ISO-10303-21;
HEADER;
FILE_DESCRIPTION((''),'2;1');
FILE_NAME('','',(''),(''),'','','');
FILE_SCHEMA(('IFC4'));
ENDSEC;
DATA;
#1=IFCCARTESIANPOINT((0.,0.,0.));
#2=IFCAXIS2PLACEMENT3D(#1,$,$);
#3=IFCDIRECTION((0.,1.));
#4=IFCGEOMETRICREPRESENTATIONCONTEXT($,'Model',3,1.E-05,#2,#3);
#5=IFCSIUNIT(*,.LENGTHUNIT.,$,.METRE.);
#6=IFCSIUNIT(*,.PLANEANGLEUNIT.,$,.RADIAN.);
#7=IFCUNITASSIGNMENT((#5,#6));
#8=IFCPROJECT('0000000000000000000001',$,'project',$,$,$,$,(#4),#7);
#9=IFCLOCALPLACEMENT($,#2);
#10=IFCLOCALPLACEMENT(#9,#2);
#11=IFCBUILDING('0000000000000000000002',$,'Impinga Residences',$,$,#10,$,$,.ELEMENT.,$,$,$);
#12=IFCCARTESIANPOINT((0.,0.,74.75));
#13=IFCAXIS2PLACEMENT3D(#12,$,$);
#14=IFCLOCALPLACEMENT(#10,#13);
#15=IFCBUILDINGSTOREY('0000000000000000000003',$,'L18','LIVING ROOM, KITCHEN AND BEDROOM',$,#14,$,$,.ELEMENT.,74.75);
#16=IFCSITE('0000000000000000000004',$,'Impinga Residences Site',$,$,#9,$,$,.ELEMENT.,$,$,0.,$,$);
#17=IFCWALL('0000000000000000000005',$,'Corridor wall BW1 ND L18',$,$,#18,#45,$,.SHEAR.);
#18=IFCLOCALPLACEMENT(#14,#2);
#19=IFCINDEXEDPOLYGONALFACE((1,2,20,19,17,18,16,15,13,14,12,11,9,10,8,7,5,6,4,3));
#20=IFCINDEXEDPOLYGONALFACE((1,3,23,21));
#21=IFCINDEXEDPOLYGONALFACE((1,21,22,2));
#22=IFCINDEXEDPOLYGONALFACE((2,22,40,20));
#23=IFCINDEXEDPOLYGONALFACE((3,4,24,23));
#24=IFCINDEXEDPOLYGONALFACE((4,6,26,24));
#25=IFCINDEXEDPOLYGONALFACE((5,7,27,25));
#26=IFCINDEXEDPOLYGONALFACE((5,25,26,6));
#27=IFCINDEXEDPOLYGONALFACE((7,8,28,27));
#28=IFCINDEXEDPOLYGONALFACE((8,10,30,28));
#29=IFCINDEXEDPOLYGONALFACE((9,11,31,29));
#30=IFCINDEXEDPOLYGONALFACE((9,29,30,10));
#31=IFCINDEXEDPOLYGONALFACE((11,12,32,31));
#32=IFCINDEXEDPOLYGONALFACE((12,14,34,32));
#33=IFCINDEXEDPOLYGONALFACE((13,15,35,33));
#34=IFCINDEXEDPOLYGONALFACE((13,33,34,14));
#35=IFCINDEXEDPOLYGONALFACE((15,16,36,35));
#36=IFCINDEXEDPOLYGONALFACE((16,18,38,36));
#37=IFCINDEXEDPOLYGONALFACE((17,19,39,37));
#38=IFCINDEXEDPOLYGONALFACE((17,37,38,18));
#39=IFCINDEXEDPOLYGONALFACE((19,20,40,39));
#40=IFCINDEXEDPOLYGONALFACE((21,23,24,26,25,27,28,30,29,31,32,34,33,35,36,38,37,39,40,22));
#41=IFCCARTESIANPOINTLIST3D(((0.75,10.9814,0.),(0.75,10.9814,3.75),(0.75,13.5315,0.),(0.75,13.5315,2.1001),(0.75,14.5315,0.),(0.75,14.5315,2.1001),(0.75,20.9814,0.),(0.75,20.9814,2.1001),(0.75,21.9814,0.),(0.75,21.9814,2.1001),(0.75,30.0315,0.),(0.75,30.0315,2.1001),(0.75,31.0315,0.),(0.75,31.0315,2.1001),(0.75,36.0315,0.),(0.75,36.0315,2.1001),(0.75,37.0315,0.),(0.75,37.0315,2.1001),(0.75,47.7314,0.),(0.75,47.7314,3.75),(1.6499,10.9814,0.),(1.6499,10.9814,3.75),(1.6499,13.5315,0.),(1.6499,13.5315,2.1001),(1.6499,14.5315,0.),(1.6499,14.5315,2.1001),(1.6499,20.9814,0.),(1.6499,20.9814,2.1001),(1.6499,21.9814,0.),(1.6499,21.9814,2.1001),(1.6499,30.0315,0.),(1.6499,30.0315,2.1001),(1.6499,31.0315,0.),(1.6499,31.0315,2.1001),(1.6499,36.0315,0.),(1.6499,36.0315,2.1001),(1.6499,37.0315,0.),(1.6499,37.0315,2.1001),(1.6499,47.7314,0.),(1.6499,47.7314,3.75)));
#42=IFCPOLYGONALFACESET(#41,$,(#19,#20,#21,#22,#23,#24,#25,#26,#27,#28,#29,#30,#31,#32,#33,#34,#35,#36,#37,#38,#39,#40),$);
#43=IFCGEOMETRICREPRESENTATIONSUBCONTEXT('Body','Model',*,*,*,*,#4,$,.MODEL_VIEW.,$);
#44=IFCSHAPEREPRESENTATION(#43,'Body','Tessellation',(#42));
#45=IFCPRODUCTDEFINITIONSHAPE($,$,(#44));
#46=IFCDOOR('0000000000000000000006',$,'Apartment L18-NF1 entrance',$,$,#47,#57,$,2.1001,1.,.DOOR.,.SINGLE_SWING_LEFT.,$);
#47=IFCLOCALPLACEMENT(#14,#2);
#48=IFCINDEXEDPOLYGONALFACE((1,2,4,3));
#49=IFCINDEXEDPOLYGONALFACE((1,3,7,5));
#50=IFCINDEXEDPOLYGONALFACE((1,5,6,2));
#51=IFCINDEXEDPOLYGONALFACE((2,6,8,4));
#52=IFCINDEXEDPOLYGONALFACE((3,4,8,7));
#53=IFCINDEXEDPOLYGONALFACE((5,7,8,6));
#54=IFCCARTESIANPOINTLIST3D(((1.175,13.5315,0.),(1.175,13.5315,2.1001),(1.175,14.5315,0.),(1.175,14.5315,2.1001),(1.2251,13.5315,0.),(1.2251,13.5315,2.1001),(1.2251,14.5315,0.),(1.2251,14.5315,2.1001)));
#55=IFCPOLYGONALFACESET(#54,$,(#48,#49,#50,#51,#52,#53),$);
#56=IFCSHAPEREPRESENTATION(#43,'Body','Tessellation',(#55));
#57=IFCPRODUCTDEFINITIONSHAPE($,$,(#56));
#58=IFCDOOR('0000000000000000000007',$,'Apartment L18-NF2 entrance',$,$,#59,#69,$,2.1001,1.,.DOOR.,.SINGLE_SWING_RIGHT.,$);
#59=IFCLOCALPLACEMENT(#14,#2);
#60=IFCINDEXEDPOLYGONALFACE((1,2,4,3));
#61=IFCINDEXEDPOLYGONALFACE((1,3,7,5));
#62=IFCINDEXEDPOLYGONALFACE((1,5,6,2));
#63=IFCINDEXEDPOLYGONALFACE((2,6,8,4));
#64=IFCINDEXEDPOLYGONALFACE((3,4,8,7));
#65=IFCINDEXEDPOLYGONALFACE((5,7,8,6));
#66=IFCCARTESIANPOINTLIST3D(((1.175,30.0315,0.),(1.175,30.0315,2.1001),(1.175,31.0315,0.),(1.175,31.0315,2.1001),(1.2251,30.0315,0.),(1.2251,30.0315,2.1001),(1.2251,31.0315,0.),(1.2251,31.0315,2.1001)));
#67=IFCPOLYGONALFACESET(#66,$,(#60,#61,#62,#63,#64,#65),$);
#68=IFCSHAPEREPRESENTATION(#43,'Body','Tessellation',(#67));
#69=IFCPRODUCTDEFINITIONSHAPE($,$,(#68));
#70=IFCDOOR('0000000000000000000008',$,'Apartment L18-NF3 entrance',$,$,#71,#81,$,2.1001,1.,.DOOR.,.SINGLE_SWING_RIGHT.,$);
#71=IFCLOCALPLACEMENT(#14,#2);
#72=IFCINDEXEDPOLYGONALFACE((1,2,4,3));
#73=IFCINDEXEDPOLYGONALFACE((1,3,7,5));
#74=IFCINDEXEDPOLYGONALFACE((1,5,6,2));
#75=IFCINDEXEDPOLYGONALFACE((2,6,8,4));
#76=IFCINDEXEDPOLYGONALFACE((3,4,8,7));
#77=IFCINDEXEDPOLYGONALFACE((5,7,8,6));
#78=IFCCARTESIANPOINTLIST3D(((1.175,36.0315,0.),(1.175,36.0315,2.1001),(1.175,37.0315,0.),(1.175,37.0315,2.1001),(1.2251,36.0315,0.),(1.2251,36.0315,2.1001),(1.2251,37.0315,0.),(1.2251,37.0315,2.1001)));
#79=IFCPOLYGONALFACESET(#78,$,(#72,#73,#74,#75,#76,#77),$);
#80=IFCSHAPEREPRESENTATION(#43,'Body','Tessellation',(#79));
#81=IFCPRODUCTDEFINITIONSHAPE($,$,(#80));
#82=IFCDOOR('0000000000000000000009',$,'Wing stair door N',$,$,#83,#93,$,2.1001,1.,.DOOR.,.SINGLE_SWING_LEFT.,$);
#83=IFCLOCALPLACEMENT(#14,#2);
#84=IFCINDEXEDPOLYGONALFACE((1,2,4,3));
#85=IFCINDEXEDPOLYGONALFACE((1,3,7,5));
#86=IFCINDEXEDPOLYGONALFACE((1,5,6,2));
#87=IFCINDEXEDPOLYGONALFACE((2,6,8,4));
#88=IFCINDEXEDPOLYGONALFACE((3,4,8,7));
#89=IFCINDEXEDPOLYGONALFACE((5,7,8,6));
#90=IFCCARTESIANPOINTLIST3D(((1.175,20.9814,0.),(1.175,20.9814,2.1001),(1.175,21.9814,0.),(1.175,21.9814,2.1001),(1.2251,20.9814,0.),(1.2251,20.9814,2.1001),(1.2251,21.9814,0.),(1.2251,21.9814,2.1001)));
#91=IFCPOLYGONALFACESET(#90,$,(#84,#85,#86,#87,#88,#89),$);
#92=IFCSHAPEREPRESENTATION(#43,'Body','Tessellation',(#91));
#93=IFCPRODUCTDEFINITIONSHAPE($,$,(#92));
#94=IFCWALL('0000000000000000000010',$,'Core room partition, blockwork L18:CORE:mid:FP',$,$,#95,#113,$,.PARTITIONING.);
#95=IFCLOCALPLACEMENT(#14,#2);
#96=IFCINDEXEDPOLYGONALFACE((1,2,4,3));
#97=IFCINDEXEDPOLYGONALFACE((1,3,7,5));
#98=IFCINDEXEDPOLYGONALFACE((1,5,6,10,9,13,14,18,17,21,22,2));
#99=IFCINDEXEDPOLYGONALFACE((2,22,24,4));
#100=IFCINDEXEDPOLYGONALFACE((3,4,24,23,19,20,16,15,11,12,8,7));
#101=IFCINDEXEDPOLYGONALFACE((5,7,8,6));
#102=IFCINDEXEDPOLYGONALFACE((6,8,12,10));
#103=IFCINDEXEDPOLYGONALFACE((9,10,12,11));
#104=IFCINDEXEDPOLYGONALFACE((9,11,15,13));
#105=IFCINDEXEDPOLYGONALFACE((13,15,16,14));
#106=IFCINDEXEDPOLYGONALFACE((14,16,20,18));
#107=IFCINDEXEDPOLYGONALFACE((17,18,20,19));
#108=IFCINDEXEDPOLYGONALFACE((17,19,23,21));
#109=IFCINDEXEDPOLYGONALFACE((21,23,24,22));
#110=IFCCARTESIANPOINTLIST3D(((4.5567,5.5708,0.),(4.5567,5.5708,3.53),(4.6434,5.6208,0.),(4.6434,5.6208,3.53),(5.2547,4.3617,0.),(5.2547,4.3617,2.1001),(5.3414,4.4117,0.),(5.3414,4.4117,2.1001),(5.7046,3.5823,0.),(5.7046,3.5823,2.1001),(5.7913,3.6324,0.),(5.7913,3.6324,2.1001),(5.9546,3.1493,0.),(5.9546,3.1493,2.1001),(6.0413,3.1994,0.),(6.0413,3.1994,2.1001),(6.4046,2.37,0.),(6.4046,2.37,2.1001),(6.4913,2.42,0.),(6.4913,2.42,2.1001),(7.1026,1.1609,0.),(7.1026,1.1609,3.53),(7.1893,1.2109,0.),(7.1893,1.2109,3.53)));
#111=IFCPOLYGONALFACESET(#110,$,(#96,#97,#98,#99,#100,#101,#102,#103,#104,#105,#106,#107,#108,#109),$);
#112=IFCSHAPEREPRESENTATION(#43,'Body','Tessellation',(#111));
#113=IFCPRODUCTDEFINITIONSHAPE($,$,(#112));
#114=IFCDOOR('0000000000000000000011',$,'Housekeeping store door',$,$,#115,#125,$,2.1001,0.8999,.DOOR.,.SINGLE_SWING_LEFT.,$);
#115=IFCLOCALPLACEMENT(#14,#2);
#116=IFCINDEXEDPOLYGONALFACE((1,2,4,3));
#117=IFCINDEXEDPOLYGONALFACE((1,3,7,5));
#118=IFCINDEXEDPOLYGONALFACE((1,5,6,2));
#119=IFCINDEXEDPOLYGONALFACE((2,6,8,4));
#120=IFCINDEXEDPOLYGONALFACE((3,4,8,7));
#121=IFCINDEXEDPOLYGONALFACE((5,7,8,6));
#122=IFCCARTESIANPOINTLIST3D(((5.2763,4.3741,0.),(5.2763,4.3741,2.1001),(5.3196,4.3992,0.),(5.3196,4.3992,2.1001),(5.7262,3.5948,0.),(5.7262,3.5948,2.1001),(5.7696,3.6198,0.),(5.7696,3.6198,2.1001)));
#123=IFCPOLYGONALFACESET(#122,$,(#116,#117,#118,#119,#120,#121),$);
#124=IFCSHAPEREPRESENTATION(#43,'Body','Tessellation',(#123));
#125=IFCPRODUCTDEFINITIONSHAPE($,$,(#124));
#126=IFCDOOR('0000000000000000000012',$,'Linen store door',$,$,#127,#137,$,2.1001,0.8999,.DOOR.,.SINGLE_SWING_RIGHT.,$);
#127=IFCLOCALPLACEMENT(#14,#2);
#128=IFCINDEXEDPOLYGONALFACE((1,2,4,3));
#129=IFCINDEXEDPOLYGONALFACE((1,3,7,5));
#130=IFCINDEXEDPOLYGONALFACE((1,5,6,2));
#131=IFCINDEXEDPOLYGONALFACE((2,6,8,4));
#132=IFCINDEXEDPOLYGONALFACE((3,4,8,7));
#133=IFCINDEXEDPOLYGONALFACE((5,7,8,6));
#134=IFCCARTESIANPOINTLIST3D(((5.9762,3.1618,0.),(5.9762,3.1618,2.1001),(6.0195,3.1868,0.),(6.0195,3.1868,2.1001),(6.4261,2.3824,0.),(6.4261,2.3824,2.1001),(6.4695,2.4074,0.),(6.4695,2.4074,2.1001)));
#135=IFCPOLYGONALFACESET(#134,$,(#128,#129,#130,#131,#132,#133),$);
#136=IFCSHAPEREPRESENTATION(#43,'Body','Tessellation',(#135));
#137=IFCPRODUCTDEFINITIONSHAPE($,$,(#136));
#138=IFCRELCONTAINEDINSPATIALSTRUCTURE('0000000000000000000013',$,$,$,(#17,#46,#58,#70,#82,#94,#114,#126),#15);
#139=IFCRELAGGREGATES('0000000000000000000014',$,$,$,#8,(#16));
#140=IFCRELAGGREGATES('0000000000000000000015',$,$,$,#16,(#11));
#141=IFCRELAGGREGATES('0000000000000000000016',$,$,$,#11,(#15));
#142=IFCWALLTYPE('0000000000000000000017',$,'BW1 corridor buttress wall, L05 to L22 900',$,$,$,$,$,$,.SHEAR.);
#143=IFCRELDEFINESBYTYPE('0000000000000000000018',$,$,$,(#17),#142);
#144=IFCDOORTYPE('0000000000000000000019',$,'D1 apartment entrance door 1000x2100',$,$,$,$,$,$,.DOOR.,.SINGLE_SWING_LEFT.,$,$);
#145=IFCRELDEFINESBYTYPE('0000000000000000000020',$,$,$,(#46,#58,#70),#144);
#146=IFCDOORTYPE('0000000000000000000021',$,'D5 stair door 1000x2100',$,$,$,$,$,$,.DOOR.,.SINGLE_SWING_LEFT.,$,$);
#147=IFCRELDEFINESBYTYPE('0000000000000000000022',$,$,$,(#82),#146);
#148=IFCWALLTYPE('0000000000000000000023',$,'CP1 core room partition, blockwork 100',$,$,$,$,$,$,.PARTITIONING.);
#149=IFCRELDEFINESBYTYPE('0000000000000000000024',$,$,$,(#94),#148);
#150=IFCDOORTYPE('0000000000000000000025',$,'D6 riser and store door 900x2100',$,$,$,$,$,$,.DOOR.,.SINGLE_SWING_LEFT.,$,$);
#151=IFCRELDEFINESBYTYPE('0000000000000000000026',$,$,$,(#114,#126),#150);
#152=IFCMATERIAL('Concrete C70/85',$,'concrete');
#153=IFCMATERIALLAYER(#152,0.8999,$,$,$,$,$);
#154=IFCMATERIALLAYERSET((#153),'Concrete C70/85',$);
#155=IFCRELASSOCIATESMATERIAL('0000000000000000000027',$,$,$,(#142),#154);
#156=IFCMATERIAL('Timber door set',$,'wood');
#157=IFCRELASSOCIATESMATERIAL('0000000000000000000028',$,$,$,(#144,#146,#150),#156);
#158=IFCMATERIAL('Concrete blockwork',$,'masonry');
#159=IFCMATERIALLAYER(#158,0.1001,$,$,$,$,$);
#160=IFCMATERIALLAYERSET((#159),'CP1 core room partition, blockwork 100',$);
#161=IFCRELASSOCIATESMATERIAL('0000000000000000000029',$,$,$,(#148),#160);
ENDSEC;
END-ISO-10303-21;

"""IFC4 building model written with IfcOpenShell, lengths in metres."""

from ifc_helpers import new_model, si_unit, direction, frame, frame_2d, origin, place, context, subcontext, project, spatial, rectangle, extrude, material, layer, layer_set, type_object, element, fill, save


model = new_model("IFC4")

# Units and contexts
model_context = context("Model", 3, precision=1e-05, world=origin(), true_north=direction((0.0, 1.0)))
body_context = subcontext(model_context, "Body", "Model", "MODEL_VIEW")
ifc_project = project(units=[si_unit("LENGTHUNIT", "METRE"), si_unit("PLANEANGLEUNIT", "RADIAN")], contexts=[model_context])

# Site, building, storey
site_placement = place(None, origin())
site = spatial("IfcSite", under=ifc_project, at=site_placement, Name="Impinga Residences Site", CompositionType="ELEMENT", RefElevation=0.0)
building_placement = place(site_placement, origin())
building = spatial("IfcBuilding", under=site, at=building_placement, Name="Impinga Residences", CompositionType="ELEMENT")
storey_placement = place(building_placement, frame((0.0, 0.0, 74.75)))
storey = spatial("IfcBuildingStorey", under=building, at=storey_placement, Name="L18", Description="LIVING ROOM, KITCHEN AND BEDROOM", CompositionType="ELEMENT", Elevation=74.75)

# Walls, openings, doors
ifc_material_1 = material(Name="Concrete C70/85", Category="concrete")
ifc_layer_1 = layer(ifc_material_1, 0.8999)
ifc_layer_set_1 = layer_set([ifc_layer_1], Name="Concrete C70/85")
wall_type_1 = type_object("IfcWallType", Name="BW1 corridor buttress wall, L05 to L22 900", PredefinedType="SHEAR", material=ifc_layer_set_1)
wall_1_placement = place(storey_placement, frame((1.2, 10.9814, 0.0), z_axis=(0.0, 0.0, 1.0), x_axis=(0.0, 1.0, 0.0)))
wall_1 = element("IfcWall", 1, at=wall_1_placement, inside=storey, type_object=wall_type_1, Name="Corridor wall BW1 ND L18", PredefinedType="SHEAR", context=body_context, shape_type="SweptSolid", body=[
    extrude(rectangle(XDim=36.75, YDim=0.8999, at=frame_2d((18.375, 0.0))), origin(), (0.0, 0.0, 1.0), 3.75),
])
opening_1_placement = place(wall_1_placement, frame((10.0, 0.0, 0.0)))
opening_1 = element("IfcOpeningElement", 2, at=opening_1_placement, cuts=wall_1, PredefinedType="OPENING", context=body_context, shape_type="SweptSolid", body=[
    extrude(rectangle(XDim=1.0, YDim=2.1001, at=frame_2d((0.5, 1.05))), frame((0.0, 0.46, 0.0), z_axis=(0.0, -1.0, 0.0), x_axis=(1.0, 0.0, 0.0)), (0.0, 0.0, 1.0), 0.9199),
])
opening_2_placement = place(wall_1_placement, frame((2.55, 0.0, 0.0)))
opening_2 = element("IfcOpeningElement", 3, at=opening_2_placement, cuts=wall_1, PredefinedType="OPENING", context=body_context, shape_type="SweptSolid", body=[
    extrude(rectangle(XDim=1.0, YDim=2.1001, at=frame_2d((0.5, 1.05))), frame((0.0, 0.46, 0.0), z_axis=(0.0, -1.0, 0.0), x_axis=(1.0, 0.0, 0.0)), (0.0, 0.0, 1.0), 0.9199),
])
opening_3_placement = place(wall_1_placement, frame((19.05, 0.0, 0.0)))
opening_3 = element("IfcOpeningElement", 4, at=opening_3_placement, cuts=wall_1, PredefinedType="OPENING", context=body_context, shape_type="SweptSolid", body=[
    extrude(rectangle(XDim=1.0, YDim=2.1001, at=frame_2d((0.5, 1.05))), frame((0.0, 0.46, 0.0), z_axis=(0.0, -1.0, 0.0), x_axis=(1.0, 0.0, 0.0)), (0.0, 0.0, 1.0), 0.9199),
])
opening_4_placement = place(wall_1_placement, frame((25.05, 0.0, 0.0)))
opening_4 = element("IfcOpeningElement", 5, at=opening_4_placement, cuts=wall_1, PredefinedType="OPENING", context=body_context, shape_type="SweptSolid", body=[
    extrude(rectangle(XDim=1.0, YDim=2.1001, at=frame_2d((0.5, 1.05))), frame((0.0, 0.46, 0.0), z_axis=(0.0, -1.0, 0.0), x_axis=(1.0, 0.0, 0.0)), (0.0, 0.0, 1.0), 0.9199),
])
ifc_material_2 = material(Name="Timber door set", Category="wood")
door_type_1 = type_object("IfcDoorType", Name="D1 apartment entrance door 1000x2100", OperationType="SINGLE_SWING_LEFT", PredefinedType="DOOR", material=ifc_material_2)
door_1_placement = place(opening_2_placement, origin())
door_1 = element("IfcDoor", 6, at=door_1_placement, inside=storey, type_object=door_type_1, Name="Apartment L18-NF1 entrance", OperationType="SINGLE_SWING_LEFT", OverallHeight=2.1001, OverallWidth=1.0, PredefinedType="DOOR", context=body_context, shape_type="SweptSolid", body=[
    extrude(rectangle(XDim=1.0, YDim=2.1001, at=frame_2d((0.5, 1.05))), frame((0.0, 0.0249, 0.0), z_axis=(0.0, -1.0, 0.0), x_axis=(1.0, 0.0, 0.0)), (0.0, 0.0, 1.0), 0.05),
])
fill(opening_2, door_1)
door_2_placement = place(opening_3_placement, origin())
door_2 = element("IfcDoor", 7, at=door_2_placement, inside=storey, type_object=door_type_1, Name="Apartment L18-NF2 entrance", OperationType="SINGLE_SWING_RIGHT", OverallHeight=2.1001, OverallWidth=1.0, PredefinedType="DOOR", context=body_context, shape_type="SweptSolid", body=[
    extrude(rectangle(XDim=1.0, YDim=2.1001, at=frame_2d((0.5, 1.05))), frame((0.0, 0.0249, 0.0), z_axis=(0.0, -1.0, 0.0), x_axis=(1.0, 0.0, 0.0)), (0.0, 0.0, 1.0), 0.05),
])
fill(opening_3, door_2)
door_3_placement = place(opening_4_placement, origin())
door_3 = element("IfcDoor", 8, at=door_3_placement, inside=storey, type_object=door_type_1, Name="Apartment L18-NF3 entrance", OperationType="SINGLE_SWING_RIGHT", OverallHeight=2.1001, OverallWidth=1.0, PredefinedType="DOOR", context=body_context, shape_type="SweptSolid", body=[
    extrude(rectangle(XDim=1.0, YDim=2.1001, at=frame_2d((0.5, 1.05))), frame((0.0, 0.0249, 0.0), z_axis=(0.0, -1.0, 0.0), x_axis=(1.0, 0.0, 0.0)), (0.0, 0.0, 1.0), 0.05),
])
fill(opening_4, door_3)
door_type_2 = type_object("IfcDoorType", Name="D5 stair door 1000x2100", OperationType="SINGLE_SWING_LEFT", PredefinedType="DOOR", material=ifc_material_2)
door_4_placement = place(opening_1_placement, origin())
door_4 = element("IfcDoor", 9, at=door_4_placement, inside=storey, type_object=door_type_2, Name="Wing stair door N", OperationType="SINGLE_SWING_LEFT", OverallHeight=2.1001, OverallWidth=1.0, PredefinedType="DOOR", context=body_context, shape_type="SweptSolid", body=[
    extrude(rectangle(XDim=1.0, YDim=2.1001, at=frame_2d((0.5, 1.05))), frame((0.0, 0.0249, 0.0), z_axis=(0.0, -1.0, 0.0), x_axis=(1.0, 0.0, 0.0)), (0.0, 0.0, 1.0), 0.05),
])
fill(opening_1, door_4)
ifc_material_3 = material(Name="Concrete blockwork", Category="masonry")
ifc_layer_2 = layer(ifc_material_3, 0.1001)
ifc_layer_set_2 = layer_set([ifc_layer_2], Name="CP1 core room partition, blockwork 100")
wall_type_2 = type_object("IfcWallType", Name="CP1 core room partition, blockwork 100", PredefinedType="PARTITIONING", material=ifc_layer_set_2)
wall_2_placement = place(storey_placement, frame((4.6001, 5.5957, 0.0), z_axis=(0.0, 0.0, 1.0), x_axis=(0.499976, -0.866039, 0.0)))
wall_2 = element("IfcWall", 10, at=wall_2_placement, inside=storey, type_object=wall_type_2, Name="Core room partition, blockwork L18:CORE:mid:FP", PredefinedType="PARTITIONING", context=body_context, shape_type="SweptSolid", body=[
    extrude(rectangle(XDim=5.092, YDim=0.1001, at=frame_2d((2.5459, 0.0))), origin(), (0.0, 0.0, 1.0), 3.53),
])
opening_5_placement = place(wall_2_placement, frame((1.396, 0.0, 0.0)))
opening_5 = element("IfcOpeningElement", 11, at=opening_5_placement, cuts=wall_2, PredefinedType="OPENING", context=body_context, shape_type="SweptSolid", body=[
    extrude(rectangle(XDim=0.8999, YDim=2.1001, at=frame_2d((0.45, 1.05))), frame((0.0, 0.0601, 0.0), z_axis=(0.0, -1.0, 0.0), x_axis=(1.0, 0.0, 0.0)), (0.0, 0.0, 1.0), 0.1201),
])
opening_6_placement = place(wall_2_placement, frame((2.7959, 0.0, 0.0)))
opening_6 = element("IfcOpeningElement", 12, at=opening_6_placement, cuts=wall_2, PredefinedType="OPENING", context=body_context, shape_type="SweptSolid", body=[
    extrude(rectangle(XDim=0.8999, YDim=2.1001, at=frame_2d((0.45, 1.05))), frame((0.0, 0.0601, 0.0), z_axis=(0.0, -1.0, 0.0), x_axis=(1.0, 0.0, 0.0)), (0.0, 0.0, 1.0), 0.1201),
])
door_type_3 = type_object("IfcDoorType", Name="D6 riser and store door 900x2100", OperationType="SINGLE_SWING_LEFT", PredefinedType="DOOR", material=ifc_material_2)
door_5_placement = place(opening_5_placement, origin())
door_5 = element("IfcDoor", 13, at=door_5_placement, inside=storey, type_object=door_type_3, Name="Housekeeping store door", OperationType="SINGLE_SWING_LEFT", OverallHeight=2.1001, OverallWidth=0.8999, PredefinedType="DOOR", context=body_context, shape_type="SweptSolid", body=[
    extrude(rectangle(XDim=0.8999, YDim=2.1001, at=frame_2d((0.45, 1.05))), frame((0.0, 0.0249, 0.0), z_axis=(0.0, -1.0, 0.0), x_axis=(1.0, 0.0, 0.0)), (0.0, 0.0, 1.0), 0.05),
])
fill(opening_5, door_5)
door_6_placement = place(opening_6_placement, origin())
door_6 = element("IfcDoor", 14, at=door_6_placement, inside=storey, type_object=door_type_3, Name="Linen store door", OperationType="SINGLE_SWING_RIGHT", OverallHeight=2.1001, OverallWidth=0.8999, PredefinedType="DOOR", context=body_context, shape_type="SweptSolid", body=[
    extrude(rectangle(XDim=0.8999, YDim=2.1001, at=frame_2d((0.45, 1.05))), frame((0.0, 0.0249, 0.0), z_axis=(0.0, -1.0, 0.0), x_axis=(1.0, 0.0, 0.0)), (0.0, 0.0, 1.0), 0.05),
])
fill(opening_6, door_6)

save(model, "model.ifc")
